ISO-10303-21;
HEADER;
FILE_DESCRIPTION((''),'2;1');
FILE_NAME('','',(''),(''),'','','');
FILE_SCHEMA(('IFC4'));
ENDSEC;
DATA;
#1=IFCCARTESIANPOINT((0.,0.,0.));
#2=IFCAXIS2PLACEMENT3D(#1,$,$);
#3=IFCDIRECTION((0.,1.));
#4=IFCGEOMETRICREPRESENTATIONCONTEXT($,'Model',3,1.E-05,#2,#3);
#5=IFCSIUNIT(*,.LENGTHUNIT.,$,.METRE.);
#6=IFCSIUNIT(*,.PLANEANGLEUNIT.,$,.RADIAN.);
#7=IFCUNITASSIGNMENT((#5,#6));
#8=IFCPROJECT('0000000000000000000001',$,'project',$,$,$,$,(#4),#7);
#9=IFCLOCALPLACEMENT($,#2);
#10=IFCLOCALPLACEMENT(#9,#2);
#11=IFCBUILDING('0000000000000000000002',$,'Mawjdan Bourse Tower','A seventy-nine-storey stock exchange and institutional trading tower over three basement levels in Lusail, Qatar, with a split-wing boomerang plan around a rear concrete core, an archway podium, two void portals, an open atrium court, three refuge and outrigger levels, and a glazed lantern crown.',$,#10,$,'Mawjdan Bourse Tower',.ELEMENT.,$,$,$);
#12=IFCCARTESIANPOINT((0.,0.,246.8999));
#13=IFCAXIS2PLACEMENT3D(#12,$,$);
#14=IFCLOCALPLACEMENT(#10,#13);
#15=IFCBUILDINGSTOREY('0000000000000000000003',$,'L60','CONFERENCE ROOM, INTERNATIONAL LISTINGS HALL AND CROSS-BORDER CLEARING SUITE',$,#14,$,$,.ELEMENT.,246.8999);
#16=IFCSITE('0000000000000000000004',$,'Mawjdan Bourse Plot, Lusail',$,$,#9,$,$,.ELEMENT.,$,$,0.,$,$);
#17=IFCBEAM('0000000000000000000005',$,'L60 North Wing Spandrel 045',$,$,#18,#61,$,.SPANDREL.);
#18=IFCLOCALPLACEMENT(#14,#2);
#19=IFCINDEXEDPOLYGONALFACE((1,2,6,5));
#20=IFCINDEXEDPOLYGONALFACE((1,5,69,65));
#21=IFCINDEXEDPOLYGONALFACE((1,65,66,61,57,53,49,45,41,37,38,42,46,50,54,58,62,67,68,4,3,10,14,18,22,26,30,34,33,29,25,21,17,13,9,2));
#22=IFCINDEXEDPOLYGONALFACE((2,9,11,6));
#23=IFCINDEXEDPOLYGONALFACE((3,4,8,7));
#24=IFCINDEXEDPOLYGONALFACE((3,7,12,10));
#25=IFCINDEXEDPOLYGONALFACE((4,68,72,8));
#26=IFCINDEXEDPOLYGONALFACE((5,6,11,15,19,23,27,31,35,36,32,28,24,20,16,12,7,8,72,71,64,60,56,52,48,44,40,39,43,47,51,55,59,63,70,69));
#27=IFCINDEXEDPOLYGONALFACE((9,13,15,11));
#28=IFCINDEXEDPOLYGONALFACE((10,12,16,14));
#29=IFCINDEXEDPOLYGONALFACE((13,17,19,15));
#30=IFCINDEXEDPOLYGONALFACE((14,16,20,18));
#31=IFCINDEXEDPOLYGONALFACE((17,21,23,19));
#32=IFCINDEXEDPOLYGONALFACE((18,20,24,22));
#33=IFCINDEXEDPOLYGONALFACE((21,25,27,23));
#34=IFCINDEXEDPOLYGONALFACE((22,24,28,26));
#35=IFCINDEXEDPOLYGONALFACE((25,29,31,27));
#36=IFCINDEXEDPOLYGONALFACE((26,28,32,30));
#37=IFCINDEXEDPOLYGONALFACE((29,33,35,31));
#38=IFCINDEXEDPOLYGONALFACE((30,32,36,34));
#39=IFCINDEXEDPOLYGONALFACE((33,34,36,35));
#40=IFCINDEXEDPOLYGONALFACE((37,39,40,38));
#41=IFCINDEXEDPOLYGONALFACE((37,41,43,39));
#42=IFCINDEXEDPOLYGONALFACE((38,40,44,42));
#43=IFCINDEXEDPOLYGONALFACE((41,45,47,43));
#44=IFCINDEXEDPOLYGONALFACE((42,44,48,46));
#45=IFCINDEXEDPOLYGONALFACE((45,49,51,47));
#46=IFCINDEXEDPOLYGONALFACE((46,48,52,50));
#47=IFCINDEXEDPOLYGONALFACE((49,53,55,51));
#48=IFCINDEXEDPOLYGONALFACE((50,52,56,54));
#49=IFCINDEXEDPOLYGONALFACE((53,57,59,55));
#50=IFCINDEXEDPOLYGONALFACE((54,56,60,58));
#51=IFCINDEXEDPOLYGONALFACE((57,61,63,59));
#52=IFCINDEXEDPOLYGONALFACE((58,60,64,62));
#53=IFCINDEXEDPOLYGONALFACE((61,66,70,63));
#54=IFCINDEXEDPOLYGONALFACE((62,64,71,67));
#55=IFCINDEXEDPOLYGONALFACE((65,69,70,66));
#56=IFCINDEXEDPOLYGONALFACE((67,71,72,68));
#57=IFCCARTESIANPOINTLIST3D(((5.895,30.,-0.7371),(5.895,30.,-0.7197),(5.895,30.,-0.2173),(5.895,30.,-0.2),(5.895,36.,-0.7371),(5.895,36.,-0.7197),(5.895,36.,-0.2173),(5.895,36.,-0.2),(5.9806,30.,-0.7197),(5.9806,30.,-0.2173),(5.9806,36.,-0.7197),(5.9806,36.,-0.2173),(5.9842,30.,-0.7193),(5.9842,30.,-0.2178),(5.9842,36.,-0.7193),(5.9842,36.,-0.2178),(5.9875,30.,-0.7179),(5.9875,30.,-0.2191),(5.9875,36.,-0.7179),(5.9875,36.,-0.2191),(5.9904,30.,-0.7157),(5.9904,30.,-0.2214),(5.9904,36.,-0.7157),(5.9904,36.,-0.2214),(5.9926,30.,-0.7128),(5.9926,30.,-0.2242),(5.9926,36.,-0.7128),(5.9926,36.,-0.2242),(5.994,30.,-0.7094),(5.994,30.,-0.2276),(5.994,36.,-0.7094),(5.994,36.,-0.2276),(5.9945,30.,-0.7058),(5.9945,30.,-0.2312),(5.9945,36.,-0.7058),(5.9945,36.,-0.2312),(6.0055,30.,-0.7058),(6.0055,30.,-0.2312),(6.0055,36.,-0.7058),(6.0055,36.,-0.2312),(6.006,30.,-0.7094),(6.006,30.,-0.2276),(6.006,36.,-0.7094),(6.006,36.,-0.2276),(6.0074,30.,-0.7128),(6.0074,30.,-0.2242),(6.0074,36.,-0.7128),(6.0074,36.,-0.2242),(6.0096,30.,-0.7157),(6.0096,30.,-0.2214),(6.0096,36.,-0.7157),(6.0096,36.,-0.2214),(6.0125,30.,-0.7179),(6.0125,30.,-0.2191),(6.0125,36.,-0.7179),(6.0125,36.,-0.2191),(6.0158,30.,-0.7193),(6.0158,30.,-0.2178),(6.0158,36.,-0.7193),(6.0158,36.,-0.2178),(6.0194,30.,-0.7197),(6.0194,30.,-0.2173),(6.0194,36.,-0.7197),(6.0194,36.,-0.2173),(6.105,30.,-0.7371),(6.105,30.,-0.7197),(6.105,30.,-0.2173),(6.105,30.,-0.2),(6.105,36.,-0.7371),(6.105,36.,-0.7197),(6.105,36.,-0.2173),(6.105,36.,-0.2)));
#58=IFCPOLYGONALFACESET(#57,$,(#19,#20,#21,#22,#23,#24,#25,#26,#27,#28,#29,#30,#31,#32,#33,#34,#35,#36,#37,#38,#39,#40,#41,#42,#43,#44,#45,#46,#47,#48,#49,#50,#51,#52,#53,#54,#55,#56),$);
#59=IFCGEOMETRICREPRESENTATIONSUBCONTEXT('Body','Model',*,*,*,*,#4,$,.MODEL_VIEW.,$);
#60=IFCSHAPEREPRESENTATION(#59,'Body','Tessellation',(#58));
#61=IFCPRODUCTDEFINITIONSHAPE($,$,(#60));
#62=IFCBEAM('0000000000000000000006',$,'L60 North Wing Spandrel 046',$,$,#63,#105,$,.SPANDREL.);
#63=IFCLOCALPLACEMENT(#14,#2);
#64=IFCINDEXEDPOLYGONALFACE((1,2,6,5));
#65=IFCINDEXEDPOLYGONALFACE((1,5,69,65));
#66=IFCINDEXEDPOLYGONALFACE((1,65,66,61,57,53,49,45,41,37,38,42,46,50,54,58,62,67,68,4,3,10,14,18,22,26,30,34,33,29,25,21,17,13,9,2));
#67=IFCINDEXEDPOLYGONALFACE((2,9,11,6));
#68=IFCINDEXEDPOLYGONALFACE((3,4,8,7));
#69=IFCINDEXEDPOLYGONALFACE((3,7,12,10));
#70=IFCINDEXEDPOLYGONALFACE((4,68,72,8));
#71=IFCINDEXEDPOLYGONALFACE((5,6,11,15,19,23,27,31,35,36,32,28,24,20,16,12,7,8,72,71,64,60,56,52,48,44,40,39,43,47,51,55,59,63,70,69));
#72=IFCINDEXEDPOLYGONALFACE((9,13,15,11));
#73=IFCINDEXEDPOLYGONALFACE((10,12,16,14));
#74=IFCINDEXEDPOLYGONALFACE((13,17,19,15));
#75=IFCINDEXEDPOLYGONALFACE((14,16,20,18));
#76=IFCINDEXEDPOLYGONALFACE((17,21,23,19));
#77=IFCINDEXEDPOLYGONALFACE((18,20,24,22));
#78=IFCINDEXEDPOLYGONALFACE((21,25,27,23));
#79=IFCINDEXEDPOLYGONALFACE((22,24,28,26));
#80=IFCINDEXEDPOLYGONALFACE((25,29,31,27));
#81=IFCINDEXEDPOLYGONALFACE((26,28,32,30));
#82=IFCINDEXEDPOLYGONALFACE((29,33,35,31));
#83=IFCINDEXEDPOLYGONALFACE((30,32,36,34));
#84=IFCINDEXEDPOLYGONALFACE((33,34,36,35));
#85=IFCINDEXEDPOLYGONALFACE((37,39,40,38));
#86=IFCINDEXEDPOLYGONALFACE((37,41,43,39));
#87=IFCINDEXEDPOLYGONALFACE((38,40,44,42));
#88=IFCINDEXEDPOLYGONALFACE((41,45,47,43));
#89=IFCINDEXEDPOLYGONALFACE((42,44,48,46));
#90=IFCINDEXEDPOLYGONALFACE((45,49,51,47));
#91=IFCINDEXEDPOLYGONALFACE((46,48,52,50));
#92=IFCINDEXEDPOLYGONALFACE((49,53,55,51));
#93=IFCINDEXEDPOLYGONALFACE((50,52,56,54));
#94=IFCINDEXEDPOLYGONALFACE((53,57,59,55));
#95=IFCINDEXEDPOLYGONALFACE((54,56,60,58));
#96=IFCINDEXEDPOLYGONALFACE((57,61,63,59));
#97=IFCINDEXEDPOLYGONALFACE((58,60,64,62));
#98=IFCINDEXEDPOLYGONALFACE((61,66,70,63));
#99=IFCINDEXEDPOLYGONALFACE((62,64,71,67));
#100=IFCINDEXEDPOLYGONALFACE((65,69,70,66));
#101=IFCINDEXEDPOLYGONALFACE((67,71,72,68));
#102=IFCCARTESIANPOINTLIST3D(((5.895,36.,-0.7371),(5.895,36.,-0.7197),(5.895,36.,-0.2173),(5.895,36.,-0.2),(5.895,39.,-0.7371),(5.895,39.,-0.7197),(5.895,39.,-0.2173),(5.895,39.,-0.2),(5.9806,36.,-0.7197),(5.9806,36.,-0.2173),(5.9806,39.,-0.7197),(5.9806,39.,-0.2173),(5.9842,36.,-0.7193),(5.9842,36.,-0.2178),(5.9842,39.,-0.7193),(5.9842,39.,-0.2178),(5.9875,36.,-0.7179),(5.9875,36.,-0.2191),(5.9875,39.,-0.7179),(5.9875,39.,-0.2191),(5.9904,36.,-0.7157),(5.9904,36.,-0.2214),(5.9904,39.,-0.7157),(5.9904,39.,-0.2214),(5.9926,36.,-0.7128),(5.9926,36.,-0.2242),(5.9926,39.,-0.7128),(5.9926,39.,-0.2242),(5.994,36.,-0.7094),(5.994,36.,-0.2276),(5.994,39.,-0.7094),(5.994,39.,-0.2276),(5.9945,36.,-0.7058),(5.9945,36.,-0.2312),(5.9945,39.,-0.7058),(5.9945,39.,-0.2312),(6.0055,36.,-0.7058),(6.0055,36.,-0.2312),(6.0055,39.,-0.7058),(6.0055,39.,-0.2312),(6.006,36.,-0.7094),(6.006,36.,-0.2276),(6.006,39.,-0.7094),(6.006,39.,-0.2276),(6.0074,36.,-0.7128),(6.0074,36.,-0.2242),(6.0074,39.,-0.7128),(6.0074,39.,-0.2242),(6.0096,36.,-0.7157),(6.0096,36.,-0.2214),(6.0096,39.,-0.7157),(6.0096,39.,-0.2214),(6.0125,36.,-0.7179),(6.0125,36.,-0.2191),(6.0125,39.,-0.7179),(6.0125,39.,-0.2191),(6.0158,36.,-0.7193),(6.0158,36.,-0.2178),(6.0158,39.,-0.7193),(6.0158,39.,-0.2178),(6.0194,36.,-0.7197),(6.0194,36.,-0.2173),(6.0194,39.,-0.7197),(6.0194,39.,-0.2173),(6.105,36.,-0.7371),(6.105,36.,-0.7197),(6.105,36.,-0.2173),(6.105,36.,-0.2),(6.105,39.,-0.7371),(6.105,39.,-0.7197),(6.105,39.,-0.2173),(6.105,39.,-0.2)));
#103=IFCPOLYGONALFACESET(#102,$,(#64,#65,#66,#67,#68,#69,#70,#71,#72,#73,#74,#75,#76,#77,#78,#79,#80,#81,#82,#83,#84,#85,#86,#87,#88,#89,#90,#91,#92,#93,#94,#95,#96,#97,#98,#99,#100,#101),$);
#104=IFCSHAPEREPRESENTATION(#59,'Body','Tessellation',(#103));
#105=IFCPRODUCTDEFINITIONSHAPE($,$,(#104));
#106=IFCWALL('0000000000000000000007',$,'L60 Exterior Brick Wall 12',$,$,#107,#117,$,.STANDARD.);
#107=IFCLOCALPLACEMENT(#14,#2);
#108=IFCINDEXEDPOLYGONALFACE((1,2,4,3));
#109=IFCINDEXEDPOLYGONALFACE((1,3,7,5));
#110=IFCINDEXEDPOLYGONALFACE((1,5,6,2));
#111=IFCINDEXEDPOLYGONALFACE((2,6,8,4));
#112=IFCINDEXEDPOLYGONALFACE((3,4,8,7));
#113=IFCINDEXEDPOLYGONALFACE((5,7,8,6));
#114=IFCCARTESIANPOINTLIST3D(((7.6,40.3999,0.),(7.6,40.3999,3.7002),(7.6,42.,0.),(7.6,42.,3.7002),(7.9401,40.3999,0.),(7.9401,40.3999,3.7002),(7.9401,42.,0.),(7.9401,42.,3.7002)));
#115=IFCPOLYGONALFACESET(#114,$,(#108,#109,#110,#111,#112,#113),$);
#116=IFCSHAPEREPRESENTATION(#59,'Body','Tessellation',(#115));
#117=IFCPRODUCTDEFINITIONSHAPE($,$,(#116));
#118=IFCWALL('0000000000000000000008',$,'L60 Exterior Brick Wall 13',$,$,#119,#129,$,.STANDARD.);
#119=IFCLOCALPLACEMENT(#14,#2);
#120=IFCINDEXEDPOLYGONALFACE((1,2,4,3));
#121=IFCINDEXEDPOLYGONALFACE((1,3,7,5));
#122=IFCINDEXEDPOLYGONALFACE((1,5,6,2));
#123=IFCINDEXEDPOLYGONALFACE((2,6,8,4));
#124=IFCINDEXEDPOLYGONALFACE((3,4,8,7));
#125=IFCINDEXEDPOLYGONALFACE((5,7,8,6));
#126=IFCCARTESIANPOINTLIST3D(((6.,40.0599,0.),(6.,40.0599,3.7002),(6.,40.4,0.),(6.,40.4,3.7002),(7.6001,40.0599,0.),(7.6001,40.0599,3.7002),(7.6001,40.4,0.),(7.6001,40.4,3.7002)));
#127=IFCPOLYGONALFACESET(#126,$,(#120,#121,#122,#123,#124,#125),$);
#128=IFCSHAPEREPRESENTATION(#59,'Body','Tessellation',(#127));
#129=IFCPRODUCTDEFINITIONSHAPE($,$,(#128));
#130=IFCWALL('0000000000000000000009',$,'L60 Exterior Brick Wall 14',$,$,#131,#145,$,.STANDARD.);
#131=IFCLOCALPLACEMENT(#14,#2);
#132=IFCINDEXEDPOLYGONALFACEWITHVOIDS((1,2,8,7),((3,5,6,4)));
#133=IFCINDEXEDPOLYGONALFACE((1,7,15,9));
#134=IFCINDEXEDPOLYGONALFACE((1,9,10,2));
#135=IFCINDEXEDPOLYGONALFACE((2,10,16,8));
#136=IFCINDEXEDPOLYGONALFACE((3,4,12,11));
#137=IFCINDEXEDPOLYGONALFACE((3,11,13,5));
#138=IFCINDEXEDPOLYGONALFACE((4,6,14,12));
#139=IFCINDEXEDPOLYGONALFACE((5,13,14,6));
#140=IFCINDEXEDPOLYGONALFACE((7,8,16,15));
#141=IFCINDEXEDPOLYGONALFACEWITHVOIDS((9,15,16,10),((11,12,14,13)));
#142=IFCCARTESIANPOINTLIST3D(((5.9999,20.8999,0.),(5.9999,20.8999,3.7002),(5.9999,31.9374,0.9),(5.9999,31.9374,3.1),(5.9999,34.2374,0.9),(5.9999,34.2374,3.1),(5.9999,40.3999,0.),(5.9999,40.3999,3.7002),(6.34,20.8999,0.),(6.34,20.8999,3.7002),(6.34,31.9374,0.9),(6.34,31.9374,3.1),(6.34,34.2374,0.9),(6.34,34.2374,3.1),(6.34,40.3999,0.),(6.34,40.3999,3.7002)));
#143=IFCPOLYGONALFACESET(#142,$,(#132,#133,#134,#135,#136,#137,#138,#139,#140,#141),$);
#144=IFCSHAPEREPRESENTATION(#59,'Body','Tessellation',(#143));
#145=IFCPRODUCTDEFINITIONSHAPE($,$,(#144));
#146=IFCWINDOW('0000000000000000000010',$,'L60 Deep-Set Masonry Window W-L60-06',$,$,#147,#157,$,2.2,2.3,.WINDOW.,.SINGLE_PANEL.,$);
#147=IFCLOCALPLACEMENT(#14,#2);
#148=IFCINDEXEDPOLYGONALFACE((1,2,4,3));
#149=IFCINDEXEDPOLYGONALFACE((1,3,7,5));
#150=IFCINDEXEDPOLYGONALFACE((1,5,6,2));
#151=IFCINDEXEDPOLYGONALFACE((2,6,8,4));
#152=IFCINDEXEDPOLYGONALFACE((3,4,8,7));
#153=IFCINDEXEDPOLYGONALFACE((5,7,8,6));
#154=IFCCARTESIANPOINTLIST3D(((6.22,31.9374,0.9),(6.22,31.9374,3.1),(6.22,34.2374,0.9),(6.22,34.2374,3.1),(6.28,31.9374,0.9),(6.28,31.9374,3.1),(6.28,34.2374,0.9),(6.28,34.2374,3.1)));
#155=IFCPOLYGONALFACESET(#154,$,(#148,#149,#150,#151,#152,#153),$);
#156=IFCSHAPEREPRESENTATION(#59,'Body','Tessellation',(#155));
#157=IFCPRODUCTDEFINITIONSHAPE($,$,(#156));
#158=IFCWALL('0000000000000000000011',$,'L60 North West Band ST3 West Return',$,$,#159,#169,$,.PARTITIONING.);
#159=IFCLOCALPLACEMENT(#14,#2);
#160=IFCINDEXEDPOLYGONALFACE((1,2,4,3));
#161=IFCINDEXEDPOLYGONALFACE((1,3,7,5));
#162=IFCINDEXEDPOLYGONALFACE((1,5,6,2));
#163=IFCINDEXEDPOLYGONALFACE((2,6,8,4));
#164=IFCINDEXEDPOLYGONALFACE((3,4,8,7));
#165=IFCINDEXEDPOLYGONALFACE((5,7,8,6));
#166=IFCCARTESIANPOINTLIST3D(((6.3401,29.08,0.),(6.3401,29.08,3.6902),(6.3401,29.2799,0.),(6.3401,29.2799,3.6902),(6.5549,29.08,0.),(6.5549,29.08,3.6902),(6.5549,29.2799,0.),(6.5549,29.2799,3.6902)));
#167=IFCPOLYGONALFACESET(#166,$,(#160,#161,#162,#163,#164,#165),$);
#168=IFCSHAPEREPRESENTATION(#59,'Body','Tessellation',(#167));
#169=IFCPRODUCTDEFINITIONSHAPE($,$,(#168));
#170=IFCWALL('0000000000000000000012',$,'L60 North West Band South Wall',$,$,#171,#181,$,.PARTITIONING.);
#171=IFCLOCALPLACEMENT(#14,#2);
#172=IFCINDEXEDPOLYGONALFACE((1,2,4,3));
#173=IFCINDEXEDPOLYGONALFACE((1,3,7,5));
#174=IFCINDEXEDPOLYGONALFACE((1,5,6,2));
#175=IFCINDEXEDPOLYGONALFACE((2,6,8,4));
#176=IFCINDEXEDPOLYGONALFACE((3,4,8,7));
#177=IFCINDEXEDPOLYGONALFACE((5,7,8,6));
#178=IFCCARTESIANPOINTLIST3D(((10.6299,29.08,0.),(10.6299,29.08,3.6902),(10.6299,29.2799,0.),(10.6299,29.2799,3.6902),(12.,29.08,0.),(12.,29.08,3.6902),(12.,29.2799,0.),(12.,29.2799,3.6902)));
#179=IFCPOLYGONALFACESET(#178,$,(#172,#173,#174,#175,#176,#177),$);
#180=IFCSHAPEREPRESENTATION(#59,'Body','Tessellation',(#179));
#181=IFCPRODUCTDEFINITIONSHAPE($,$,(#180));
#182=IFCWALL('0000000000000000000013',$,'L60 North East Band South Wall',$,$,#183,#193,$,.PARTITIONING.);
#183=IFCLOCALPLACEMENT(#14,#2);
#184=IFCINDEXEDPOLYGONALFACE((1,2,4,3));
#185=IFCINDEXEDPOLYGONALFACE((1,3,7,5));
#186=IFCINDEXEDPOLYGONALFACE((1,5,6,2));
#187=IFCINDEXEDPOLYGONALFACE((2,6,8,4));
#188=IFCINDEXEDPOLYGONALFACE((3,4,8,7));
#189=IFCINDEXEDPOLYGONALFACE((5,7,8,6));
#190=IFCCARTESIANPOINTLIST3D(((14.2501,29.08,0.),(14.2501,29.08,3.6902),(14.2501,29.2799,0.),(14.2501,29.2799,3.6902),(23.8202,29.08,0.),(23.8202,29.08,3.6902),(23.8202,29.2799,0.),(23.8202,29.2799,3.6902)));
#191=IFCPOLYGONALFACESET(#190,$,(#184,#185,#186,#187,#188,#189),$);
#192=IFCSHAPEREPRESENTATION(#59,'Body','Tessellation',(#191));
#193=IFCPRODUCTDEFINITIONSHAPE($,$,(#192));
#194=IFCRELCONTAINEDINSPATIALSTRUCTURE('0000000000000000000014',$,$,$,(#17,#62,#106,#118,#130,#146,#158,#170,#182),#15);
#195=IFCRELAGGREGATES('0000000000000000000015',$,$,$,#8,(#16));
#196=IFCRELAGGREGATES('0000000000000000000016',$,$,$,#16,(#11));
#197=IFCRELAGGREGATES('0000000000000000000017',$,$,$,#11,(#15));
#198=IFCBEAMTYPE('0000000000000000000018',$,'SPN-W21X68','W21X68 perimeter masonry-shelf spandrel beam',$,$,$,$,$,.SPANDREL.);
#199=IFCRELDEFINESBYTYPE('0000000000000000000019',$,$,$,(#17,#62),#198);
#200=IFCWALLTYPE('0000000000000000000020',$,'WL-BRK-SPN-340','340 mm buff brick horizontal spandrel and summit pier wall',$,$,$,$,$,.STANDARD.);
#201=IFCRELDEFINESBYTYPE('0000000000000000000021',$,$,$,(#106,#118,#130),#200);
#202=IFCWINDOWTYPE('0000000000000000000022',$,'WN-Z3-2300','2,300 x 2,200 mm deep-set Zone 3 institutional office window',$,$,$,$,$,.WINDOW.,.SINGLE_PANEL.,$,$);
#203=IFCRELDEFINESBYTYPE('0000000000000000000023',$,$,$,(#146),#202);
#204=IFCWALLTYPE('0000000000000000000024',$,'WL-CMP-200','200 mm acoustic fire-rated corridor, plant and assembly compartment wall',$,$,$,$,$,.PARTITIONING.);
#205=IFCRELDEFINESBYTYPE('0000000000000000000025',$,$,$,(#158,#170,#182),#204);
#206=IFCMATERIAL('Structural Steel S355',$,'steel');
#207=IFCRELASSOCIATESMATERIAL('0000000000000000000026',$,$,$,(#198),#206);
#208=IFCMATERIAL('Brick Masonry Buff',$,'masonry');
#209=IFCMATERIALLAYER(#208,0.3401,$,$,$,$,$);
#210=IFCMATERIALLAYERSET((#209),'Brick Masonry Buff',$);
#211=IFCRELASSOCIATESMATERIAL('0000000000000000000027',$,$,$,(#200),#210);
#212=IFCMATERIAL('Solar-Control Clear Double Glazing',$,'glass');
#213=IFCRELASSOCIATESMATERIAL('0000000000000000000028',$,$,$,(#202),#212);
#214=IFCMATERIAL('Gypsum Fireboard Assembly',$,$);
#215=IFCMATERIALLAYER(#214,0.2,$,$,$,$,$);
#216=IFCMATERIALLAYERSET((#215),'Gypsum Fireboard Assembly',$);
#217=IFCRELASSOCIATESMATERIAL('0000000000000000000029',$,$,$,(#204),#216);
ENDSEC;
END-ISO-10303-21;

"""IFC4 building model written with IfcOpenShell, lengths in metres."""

from ifc_helpers import new_model, si_unit, direction, frame, frame_2d, origin, origin_2d, place, context, subcontext, project, spatial, rectangle, i_section, extrude, material, layer, layer_set, material_profile, profile_set, type_object, element, fill, save


model = new_model("IFC4")

# Units and contexts
model_context = context("Model", 3, precision=1e-05, world=origin(), true_north=direction((0.0, 1.0)))
body_context = subcontext(model_context, "Body", "Model", "MODEL_VIEW")
ifc_project = project(units=[si_unit("LENGTHUNIT", "METRE"), si_unit("PLANEANGLEUNIT", "RADIAN")], contexts=[model_context])

# Site, building, storey
site_placement = place(None, origin())
site = spatial("IfcSite", under=ifc_project, at=site_placement, Name="Mawjdan Bourse Plot, Lusail", CompositionType="ELEMENT", RefElevation=0.0)
building_placement = place(site_placement, origin())
building = spatial("IfcBuilding", under=site, at=building_placement, Name="Mawjdan Bourse Tower", Description="A seventy-nine-storey stock exchange and institutional trading tower over three basement levels in Lusail, Qatar, with a split-wing boomerang plan around a rear concrete core, an archway podium, two void portals, an open atrium court, three refuge and outrigger levels, and a glazed lantern crown.", LongName="Mawjdan Bourse Tower", CompositionType="ELEMENT")
storey_placement = place(building_placement, frame((0.0, 0.0, 246.8999)))
storey = spatial("IfcBuildingStorey", under=building, at=storey_placement, Name="L60", Description="CONFERENCE ROOM, INTERNATIONAL LISTINGS HALL AND CROSS-BORDER CLEARING SUITE", CompositionType="ELEMENT", Elevation=246.8999)

# Beams
ifc_material_1 = material(Name="Structural Steel S355", Category="steel")
ifc_material_profile_1 = material_profile(ifc_material_1, i_section(OverallWidth=0.21, OverallDepth=0.5371, WebThickness=0.011, FlangeThickness=0.0173, FilletRadius=0.0139, at=origin_2d()), Name="W21X68")
ifc_profile_set_1 = profile_set([ifc_material_profile_1], Name="Structural Steel S355")
beam_type_1 = type_object("IfcBeamType", Name="SPN-W21X68", Description="W21X68 perimeter masonry-shelf spandrel beam", PredefinedType="SPANDREL", material=ifc_profile_set_1)
beam_1_placement = place(storey_placement, frame((6.0, 30.0, -0.4685), z_axis=(0.0, 1.0, 0.0), x_axis=(-1.0, 0.0, 0.0)))
element("IfcBeam", 1, at=beam_1_placement, inside=storey, type_object=beam_type_1, Name="L60 North Wing Spandrel 045", PredefinedType="SPANDREL", context=body_context, shape_type="SweptSolid", body=[
    extrude(i_section(OverallWidth=0.21, OverallDepth=0.5371, WebThickness=0.011, FlangeThickness=0.0173, FilletRadius=0.0139, at=origin_2d()), origin(), (0.0, 0.0, 1.0), 6.0),
])
beam_2_placement = place(storey_placement, frame((6.0, 36.0, -0.4685), z_axis=(0.0, 1.0, 0.0), x_axis=(-1.0, 0.0, 0.0)))
element("IfcBeam", 2, at=beam_2_placement, inside=storey, type_object=beam_type_1, Name="L60 North Wing Spandrel 046", PredefinedType="SPANDREL", context=body_context, shape_type="SweptSolid", body=[
    extrude(i_section(OverallWidth=0.21, OverallDepth=0.5371, WebThickness=0.011, FlangeThickness=0.0173, FilletRadius=0.0139, at=origin_2d()), origin(), (0.0, 0.0, 1.0), 3.0),
])

# Walls
ifc_material_2 = material(Name="Brick Masonry Buff", Category="masonry")
ifc_layer_1 = layer(ifc_material_2, 0.3401)
ifc_layer_set_1 = layer_set([ifc_layer_1], Name="Brick Masonry Buff")
wall_type_1 = type_object("IfcWallType", Name="WL-BRK-SPN-340", Description="340 mm buff brick horizontal spandrel and summit pier wall", PredefinedType="STANDARD", material=ifc_layer_set_1)
for number, where, z_axis, x_axis, name in (
    (3, (7.77, 42.0, 0.0), (0.0, 0.0, 1.0), (0.0, -1.0, 0.0), "L60 Exterior Brick Wall 12"),
    (4, (7.6001, 40.23, 0.0), (0.0, 0.0, 1.0), (-1.0, 0.0, 0.0), "L60 Exterior Brick Wall 13"),
):
    element("IfcWall", number, at=place(storey_placement, frame(where, z_axis=z_axis, x_axis=x_axis)), inside=storey, type_object=wall_type_1, Name=name, PredefinedType="STANDARD", context=body_context, shape_type="SweptSolid", body=[
        extrude(rectangle(XDim=1.6001, YDim=0.3401, at=frame_2d((0.8, 0.0))), origin(), (0.0, 0.0, 1.0), 3.7002),
    ])

# Wall, opening, window
wall_1_placement = place(storey_placement, frame((6.1699, 40.3999, 0.0), z_axis=(0.0, 0.0, 1.0), x_axis=(0.0, -1.0, 0.0)))
wall_1 = element("IfcWall", 5, at=wall_1_placement, inside=storey, type_object=wall_type_1, Name="L60 Exterior Brick Wall 14", PredefinedType="STANDARD", context=body_context, shape_type="SweptSolid", body=[
    extrude(rectangle(XDim=19.5, YDim=0.3401, at=frame_2d((9.75, 0.0))), origin(), (0.0, 0.0, 1.0), 3.7002),
])
opening_1_placement = place(wall_1_placement, frame((6.1626, 0.0, 0.8999)))
opening_1 = element("IfcOpeningElement", 6, at=opening_1_placement, cuts=wall_1, PredefinedType="OPENING", context=body_context, shape_type="SweptSolid", body=[
    extrude(rectangle(XDim=2.3, YDim=2.2, at=frame_2d((1.1499, 1.1001))), frame((0.0, 0.1802, 0.0), z_axis=(0.0, -1.0, 0.0), x_axis=(1.0, 0.0, 0.0)), (0.0, 0.0, 1.0), 0.3601),
])
ifc_material_3 = material(Name="Solar-Control Clear Double Glazing", Category="glass")
window_type = type_object("IfcWindowType", Name="WN-Z3-2300", Description="2,300 x 2,200 mm deep-set Zone 3 institutional office window", PartitioningType="SINGLE_PANEL", PredefinedType="WINDOW", material=ifc_material_3)
window_placement = place(opening_1_placement, origin())
window = element("IfcWindow", 7, at=window_placement, inside=storey, type_object=window_type, Name="L60 Deep-Set Masonry Window W-L60-06", OverallHeight=2.2, OverallWidth=2.3, PartitioningType="SINGLE_PANEL", PredefinedType="WINDOW", context=body_context, shape_type="SweptSolid", body=[
    extrude(rectangle(XDim=2.3, YDim=2.2, at=frame_2d((1.1499, 1.1001))), frame((0.0, 0.1101, 0.0), z_axis=(0.0, -1.0, 0.0), x_axis=(1.0, 0.0, 0.0)), (0.0, 0.0, 1.0), 0.0601),
])
fill(opening_1, window)

# Walls
ifc_material_4 = material(Name="Gypsum Fireboard Assembly")
ifc_layer_2 = layer(ifc_material_4, 0.2)
ifc_layer_set_2 = layer_set([ifc_layer_2], Name="Gypsum Fireboard Assembly")
wall_type_2 = type_object("IfcWallType", Name="WL-CMP-200", Description="200 mm acoustic fire-rated corridor, plant and assembly compartment wall", PredefinedType="PARTITIONING", material=ifc_layer_set_2)
wall_2_placement = place(storey_placement, frame((6.3401, 29.1799, 0.0), z_axis=(0.0, 0.0, 1.0), x_axis=(1.0, 0.0, 0.0)))
element("IfcWall", 8, at=wall_2_placement, inside=storey, type_object=wall_type_2, Name="L60 North West Band ST3 West Return", PredefinedType="PARTITIONING", context=body_context, shape_type="SweptSolid", body=[
    extrude(rectangle(XDim=0.2148, YDim=0.2, at=frame_2d((0.1074, 0.0))), origin(), (0.0, 0.0, 1.0), 3.6902),
])
wall_3_placement = place(storey_placement, frame((10.6299, 29.1799, 0.0), z_axis=(0.0, 0.0, 1.0), x_axis=(1.0, 0.0, 0.0)))
element("IfcWall", 9, at=wall_3_placement, inside=storey, type_object=wall_type_2, Name="L60 North West Band South Wall", PredefinedType="PARTITIONING", context=body_context, shape_type="SweptSolid", body=[
    extrude(rectangle(XDim=1.3701, YDim=0.2, at=frame_2d((0.6851, 0.0))), origin(), (0.0, 0.0, 1.0), 3.6902),
])
wall_4_placement = place(storey_placement, frame((14.25, 29.1799, 0.0), z_axis=(0.0, 0.0, 1.0), x_axis=(1.0, 0.0, 0.0)))
element("IfcWall", 10, at=wall_4_placement, inside=storey, type_object=wall_type_2, Name="L60 North East Band South Wall", PredefinedType="PARTITIONING", context=body_context, shape_type="SweptSolid", body=[
    extrude(rectangle(XDim=9.5701, YDim=0.2, at=frame_2d((4.7852, 0.0))), origin(), (0.0, 0.0, 1.0), 3.6902),
])

save(model, "model.ifc")
